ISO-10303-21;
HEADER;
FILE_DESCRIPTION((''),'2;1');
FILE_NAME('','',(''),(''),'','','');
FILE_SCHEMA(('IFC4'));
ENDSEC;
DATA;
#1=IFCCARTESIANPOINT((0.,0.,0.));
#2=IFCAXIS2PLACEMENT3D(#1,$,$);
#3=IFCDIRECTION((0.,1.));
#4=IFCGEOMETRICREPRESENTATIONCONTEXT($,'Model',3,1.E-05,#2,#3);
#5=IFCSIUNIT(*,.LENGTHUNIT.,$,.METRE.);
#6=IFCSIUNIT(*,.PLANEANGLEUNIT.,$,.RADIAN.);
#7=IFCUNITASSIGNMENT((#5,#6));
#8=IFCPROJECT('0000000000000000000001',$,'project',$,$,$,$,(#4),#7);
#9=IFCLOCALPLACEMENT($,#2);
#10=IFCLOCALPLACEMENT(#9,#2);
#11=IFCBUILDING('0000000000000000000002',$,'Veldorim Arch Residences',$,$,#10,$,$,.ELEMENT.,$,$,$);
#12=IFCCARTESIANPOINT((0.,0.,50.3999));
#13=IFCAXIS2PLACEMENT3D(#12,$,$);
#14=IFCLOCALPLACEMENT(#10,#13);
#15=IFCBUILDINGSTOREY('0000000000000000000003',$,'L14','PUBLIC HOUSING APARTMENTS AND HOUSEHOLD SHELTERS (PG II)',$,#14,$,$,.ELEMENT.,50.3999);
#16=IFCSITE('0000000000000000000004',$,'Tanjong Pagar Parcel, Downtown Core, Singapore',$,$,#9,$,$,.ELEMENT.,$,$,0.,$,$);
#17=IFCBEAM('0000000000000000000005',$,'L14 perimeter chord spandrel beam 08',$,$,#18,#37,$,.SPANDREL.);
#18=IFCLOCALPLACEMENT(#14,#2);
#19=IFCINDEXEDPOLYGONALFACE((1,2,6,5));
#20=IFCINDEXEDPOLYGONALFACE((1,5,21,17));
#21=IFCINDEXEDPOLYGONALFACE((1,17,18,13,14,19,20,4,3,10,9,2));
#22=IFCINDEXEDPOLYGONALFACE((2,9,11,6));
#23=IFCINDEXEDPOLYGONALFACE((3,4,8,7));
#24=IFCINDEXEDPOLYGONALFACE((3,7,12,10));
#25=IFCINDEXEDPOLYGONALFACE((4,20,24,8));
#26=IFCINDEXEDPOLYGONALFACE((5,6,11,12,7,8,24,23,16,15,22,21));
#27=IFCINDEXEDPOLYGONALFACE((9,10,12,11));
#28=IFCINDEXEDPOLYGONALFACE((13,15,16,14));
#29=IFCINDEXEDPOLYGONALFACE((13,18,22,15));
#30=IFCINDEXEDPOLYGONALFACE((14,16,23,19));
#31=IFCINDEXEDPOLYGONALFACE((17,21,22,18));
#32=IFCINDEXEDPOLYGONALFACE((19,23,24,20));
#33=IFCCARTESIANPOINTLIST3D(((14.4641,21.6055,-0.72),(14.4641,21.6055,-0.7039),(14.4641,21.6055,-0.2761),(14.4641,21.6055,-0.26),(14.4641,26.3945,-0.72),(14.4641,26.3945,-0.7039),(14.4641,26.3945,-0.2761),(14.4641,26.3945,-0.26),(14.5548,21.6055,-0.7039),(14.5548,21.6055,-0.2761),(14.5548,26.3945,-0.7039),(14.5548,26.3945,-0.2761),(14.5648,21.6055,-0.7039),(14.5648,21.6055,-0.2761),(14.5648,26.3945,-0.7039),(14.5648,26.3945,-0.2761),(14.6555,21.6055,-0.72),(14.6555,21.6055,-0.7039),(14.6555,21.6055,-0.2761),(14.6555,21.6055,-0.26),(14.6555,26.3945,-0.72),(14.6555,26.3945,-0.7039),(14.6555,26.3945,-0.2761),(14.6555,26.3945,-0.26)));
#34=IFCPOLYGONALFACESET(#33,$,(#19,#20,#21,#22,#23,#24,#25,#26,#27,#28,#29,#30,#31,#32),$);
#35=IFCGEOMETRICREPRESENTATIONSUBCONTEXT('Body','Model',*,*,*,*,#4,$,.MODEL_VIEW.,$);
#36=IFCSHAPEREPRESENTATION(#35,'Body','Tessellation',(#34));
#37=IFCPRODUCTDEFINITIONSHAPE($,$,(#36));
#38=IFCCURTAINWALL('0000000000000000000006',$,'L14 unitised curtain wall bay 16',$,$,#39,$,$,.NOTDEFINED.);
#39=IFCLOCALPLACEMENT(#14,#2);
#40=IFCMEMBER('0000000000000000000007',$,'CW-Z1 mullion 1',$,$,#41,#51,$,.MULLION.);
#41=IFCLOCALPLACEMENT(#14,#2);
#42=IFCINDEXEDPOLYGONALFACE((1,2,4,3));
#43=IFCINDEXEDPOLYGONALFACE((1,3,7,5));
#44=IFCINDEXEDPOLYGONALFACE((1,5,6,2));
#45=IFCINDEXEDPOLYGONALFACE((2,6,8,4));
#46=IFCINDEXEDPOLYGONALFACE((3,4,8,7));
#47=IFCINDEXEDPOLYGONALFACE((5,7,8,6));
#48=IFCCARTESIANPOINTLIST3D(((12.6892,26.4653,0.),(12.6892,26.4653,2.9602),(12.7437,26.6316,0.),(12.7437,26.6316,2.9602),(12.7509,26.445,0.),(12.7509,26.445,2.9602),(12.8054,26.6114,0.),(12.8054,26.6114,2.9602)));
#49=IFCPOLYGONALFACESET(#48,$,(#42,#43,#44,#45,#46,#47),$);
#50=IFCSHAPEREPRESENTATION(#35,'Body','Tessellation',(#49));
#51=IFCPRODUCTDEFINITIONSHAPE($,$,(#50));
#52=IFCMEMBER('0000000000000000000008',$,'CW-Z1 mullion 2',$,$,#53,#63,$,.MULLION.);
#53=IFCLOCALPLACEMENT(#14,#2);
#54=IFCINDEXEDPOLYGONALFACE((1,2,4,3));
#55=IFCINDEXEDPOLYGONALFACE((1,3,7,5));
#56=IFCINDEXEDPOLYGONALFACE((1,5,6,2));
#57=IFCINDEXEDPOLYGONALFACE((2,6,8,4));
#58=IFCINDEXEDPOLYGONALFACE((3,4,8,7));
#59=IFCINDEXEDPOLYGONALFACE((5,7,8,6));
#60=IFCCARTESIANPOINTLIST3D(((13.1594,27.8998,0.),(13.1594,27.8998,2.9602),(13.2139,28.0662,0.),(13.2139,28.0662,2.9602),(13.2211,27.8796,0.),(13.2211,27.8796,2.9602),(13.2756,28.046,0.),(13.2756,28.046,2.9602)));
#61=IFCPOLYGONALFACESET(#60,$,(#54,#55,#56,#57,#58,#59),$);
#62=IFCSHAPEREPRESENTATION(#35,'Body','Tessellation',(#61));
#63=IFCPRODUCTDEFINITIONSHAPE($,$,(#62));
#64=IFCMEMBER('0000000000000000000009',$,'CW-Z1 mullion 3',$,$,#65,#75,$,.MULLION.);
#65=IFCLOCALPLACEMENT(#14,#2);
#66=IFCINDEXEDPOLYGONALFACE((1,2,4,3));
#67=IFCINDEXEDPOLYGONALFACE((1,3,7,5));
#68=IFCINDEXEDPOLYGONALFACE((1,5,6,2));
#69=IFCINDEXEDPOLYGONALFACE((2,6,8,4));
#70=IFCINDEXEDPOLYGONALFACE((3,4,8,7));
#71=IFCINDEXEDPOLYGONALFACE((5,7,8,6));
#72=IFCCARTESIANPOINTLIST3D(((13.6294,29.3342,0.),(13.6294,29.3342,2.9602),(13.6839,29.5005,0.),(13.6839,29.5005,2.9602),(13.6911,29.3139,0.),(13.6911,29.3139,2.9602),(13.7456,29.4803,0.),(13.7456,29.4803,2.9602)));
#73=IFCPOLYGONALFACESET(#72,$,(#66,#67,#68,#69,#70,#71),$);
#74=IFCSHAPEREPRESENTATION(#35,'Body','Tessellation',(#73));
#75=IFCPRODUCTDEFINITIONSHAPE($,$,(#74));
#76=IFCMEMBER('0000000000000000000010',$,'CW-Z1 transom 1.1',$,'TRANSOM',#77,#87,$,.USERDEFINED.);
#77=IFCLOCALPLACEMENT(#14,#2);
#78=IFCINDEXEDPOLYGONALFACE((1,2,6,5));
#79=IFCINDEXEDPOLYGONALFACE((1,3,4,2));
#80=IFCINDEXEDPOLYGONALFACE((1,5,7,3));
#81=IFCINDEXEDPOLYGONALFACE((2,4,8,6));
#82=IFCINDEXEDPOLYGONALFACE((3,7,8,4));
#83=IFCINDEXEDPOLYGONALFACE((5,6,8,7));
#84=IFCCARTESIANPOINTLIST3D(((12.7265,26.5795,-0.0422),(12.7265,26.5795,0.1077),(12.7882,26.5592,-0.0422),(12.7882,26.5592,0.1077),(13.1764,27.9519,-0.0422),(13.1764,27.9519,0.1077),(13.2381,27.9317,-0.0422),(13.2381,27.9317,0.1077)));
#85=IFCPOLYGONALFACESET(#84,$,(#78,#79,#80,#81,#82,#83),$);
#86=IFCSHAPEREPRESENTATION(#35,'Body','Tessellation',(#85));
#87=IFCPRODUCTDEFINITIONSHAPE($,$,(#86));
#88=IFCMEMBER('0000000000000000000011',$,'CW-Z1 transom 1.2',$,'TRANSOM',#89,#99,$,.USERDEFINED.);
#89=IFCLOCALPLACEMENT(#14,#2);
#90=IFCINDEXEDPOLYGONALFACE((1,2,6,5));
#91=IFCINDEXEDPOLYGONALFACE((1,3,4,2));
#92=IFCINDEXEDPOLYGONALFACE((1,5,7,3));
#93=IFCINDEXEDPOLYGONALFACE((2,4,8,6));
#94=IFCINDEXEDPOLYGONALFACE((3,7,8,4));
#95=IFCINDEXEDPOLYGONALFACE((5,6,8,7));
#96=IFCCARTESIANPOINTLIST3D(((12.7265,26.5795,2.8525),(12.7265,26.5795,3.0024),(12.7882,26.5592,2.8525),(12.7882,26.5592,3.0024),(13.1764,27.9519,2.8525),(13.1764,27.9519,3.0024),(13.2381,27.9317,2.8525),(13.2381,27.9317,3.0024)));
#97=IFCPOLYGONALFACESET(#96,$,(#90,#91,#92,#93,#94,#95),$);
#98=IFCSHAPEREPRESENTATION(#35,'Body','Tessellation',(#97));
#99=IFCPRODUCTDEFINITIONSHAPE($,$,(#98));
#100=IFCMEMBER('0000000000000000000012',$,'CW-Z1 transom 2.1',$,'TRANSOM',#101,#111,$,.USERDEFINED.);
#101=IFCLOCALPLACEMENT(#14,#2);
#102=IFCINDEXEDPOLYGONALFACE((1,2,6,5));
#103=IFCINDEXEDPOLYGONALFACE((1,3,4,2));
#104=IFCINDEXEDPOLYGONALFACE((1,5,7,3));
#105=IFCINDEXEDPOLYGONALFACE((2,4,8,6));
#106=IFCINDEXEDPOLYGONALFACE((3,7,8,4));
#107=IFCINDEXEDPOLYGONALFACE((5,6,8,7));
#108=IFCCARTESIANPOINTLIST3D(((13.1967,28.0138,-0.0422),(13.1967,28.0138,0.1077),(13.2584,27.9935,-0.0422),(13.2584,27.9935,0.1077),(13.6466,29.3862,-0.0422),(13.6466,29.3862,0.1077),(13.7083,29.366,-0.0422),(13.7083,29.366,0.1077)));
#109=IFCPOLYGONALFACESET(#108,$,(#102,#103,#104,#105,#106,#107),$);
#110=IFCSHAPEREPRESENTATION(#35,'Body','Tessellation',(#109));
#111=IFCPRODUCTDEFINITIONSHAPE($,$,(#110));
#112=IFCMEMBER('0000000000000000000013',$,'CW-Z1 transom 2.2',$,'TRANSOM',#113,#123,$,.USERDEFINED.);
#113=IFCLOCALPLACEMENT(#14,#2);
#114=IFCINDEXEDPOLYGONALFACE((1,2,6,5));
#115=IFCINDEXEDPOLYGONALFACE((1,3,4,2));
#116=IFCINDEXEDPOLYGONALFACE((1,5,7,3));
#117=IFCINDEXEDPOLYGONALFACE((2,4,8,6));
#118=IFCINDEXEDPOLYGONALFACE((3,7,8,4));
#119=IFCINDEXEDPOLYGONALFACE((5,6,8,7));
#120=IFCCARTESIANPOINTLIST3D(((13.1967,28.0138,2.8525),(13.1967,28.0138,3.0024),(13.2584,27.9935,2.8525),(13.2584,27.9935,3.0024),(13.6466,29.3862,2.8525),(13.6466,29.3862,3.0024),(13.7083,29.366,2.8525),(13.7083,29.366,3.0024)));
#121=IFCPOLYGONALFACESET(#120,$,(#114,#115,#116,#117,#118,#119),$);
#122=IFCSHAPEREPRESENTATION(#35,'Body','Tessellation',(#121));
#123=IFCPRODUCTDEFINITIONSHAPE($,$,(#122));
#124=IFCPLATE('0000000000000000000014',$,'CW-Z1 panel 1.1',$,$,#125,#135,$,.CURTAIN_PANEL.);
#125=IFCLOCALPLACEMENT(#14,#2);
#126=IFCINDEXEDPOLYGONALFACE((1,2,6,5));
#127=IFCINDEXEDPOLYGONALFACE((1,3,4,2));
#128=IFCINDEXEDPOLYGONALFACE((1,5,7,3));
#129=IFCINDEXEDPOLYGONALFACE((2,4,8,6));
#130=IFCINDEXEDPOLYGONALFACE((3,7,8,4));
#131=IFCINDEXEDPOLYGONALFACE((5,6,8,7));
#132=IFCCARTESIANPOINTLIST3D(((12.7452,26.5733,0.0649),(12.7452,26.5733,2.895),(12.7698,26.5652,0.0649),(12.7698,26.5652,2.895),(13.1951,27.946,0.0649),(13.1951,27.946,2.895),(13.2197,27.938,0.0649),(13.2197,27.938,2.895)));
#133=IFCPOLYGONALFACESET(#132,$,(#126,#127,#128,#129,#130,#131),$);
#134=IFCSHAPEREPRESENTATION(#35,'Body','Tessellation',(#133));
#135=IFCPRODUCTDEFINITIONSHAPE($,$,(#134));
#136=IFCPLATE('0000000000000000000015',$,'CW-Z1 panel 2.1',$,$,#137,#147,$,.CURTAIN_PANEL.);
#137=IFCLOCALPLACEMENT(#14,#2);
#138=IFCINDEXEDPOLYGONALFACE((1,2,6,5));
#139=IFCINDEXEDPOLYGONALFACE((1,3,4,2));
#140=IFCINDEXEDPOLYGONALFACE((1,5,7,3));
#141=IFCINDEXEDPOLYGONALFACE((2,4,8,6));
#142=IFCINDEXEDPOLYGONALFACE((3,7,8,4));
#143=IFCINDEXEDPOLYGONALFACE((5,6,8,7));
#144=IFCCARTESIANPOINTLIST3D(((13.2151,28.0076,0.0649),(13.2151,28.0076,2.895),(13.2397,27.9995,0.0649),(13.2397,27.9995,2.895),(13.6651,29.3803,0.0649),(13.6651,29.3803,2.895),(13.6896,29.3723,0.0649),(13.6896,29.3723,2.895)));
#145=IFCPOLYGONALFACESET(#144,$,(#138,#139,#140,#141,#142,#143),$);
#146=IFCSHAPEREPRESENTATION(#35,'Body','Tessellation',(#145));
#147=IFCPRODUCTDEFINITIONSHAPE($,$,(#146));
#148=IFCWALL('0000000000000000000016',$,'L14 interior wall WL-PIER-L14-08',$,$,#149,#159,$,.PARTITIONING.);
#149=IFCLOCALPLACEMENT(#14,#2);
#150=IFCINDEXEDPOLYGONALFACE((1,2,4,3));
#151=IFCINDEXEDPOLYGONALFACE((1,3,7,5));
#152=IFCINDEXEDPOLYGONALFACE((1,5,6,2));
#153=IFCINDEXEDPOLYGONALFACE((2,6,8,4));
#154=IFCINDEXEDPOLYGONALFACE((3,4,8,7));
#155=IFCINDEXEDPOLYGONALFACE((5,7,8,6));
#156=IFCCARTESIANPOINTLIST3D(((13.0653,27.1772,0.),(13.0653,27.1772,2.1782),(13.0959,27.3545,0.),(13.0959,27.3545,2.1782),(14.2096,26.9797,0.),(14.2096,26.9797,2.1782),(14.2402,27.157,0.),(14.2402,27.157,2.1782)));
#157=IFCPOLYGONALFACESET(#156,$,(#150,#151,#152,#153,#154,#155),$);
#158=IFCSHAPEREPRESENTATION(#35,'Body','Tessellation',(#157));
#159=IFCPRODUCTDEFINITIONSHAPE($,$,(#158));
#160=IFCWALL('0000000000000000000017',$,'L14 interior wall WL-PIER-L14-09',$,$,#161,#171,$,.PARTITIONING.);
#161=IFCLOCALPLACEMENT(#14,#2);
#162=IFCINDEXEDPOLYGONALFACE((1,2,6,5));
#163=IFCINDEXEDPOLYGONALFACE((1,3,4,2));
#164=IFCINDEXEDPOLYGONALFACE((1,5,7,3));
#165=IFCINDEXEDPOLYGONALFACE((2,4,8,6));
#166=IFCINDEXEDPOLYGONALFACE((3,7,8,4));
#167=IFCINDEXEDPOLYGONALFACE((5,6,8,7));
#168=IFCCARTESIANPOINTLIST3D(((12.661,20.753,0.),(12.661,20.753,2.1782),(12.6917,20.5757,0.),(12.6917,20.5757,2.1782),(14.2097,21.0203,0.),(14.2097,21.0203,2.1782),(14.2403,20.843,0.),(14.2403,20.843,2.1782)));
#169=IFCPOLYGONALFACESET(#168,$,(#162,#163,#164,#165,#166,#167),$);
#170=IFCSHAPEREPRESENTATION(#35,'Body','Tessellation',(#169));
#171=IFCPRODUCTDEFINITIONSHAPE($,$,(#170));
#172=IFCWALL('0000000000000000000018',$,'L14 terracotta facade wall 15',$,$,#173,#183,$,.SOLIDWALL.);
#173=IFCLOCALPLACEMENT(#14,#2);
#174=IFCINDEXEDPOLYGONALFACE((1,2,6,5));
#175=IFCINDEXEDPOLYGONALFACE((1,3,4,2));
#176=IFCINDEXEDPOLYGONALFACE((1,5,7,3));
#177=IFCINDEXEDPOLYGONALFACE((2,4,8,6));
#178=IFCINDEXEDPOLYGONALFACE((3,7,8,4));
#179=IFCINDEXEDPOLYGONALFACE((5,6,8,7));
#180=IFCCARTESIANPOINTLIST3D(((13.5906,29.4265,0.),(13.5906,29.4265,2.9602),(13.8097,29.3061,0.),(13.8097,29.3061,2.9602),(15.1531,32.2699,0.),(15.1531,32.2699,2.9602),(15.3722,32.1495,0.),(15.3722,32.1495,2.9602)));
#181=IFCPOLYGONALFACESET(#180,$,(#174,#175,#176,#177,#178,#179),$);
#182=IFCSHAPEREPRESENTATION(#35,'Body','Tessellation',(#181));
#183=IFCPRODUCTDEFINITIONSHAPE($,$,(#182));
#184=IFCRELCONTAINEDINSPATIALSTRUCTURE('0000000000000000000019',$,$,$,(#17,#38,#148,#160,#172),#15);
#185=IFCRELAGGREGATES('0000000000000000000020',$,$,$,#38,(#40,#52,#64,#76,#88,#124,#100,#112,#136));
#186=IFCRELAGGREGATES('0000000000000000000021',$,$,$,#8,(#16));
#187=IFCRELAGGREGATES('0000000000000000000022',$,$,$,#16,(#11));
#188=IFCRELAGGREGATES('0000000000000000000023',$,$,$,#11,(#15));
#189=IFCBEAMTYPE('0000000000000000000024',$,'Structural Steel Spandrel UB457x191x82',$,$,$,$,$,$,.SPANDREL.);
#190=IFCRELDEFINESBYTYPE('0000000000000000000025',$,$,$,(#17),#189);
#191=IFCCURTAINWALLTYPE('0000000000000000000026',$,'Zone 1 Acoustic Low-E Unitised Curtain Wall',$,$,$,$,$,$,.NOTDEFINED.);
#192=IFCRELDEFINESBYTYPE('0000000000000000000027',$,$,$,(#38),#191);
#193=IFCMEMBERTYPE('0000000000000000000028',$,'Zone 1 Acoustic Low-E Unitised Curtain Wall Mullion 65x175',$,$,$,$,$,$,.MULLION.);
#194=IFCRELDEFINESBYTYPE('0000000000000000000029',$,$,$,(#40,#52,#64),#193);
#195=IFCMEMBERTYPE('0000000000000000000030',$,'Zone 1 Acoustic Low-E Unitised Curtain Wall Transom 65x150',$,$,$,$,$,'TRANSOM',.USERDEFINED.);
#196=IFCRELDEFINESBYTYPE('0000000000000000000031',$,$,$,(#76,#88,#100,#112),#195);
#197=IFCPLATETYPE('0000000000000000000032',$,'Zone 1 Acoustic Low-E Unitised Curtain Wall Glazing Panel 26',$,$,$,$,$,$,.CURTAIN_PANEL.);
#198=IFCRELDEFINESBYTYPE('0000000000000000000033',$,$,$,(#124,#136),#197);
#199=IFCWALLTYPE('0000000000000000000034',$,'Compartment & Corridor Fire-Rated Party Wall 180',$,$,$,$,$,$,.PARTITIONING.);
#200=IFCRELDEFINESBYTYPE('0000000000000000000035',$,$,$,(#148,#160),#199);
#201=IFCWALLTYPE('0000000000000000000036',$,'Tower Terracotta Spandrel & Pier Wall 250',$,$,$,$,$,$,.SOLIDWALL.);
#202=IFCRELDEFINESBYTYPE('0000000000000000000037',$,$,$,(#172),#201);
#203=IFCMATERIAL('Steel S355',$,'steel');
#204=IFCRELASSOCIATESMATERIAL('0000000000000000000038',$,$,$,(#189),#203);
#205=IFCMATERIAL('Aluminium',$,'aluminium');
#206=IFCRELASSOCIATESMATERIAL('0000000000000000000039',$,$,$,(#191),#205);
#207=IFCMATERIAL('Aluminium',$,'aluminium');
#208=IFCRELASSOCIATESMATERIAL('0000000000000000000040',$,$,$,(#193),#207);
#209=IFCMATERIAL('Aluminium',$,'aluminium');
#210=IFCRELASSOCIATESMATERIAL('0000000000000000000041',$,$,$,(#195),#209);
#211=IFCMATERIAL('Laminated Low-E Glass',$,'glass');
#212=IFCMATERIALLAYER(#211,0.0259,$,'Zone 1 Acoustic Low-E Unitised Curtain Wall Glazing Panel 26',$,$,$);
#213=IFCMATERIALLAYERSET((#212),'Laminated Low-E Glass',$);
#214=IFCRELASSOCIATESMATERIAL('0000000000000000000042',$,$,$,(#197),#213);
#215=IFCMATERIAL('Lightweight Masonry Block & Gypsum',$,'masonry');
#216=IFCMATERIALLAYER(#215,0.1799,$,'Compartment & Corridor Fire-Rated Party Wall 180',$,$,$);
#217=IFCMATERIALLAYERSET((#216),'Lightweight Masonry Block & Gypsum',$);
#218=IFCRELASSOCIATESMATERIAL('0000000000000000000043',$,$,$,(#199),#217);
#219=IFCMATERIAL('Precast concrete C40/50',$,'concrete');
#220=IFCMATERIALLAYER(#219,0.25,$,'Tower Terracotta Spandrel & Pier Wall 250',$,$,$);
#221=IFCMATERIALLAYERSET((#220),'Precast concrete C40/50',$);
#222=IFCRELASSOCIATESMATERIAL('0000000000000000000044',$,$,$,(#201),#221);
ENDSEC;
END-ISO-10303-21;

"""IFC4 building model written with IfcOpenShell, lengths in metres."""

from ifc_helpers import new_model, si_unit, direction, frame, frame_2d, origin, origin_2d, place, context, subcontext, project, spatial, rectangle, i_section, extrude, material, layer, layer_set, material_profile, profile_set, type_object, element, aggregate, save


model = new_model("IFC4")

# Units and contexts
model_context = context("Model", 3, precision=1e-05, world=origin(), true_north=direction((0.0, 1.0)))
body_context = subcontext(model_context, "Body", "Model", "MODEL_VIEW")
ifc_project = project(units=[si_unit("LENGTHUNIT", "METRE"), si_unit("PLANEANGLEUNIT", "RADIAN")], contexts=[model_context])

# Site, building, storey
site_placement = place(None, origin())
site = spatial("IfcSite", under=ifc_project, at=site_placement, Name="Tanjong Pagar Parcel, Downtown Core, Singapore", CompositionType="ELEMENT", RefElevation=0.0)
building_placement = place(site_placement, origin())
building = spatial("IfcBuilding", under=site, at=building_placement, Name="Veldorim Arch Residences", CompositionType="ELEMENT")
storey_placement = place(building_placement, frame((0.0, 0.0, 50.3999)))
storey = spatial("IfcBuildingStorey", under=building, at=storey_placement, Name="L14", Description="PUBLIC HOUSING APARTMENTS AND HOUSEHOLD SHELTERS (PG II)", CompositionType="ELEMENT", Elevation=50.3999)

# Beam
ifc_material_1 = material(Name="Steel S355", Category="steel")
ifc_material_profile_1 = material_profile(ifc_material_1, i_section(OverallWidth=0.1914, OverallDepth=0.46, WebThickness=0.01, FlangeThickness=0.0161, at=origin_2d()), Name="UB457x191x82")
ifc_profile_set_1 = profile_set([ifc_material_profile_1], Name="Steel S355")
beam_type_1 = type_object("IfcBeamType", Name="Structural Steel Spandrel UB457x191x82", PredefinedType="SPANDREL", material=ifc_profile_set_1)
beam_1_placement = place(storey_placement, frame((14.5598, 26.3945, -0.49), z_axis=(0.0, -1.0, 0.0), x_axis=(1.0, 0.0, 0.0)))
element("IfcBeam", 1, at=beam_1_placement, inside=storey, type_object=beam_type_1, Name="L14 perimeter chord spandrel beam 08", PredefinedType="SPANDREL", context=body_context, shape_type="SweptSolid", body=[
    extrude(i_section(OverallWidth=0.1914, OverallDepth=0.46, WebThickness=0.01, FlangeThickness=0.0161, at=origin_2d()), origin(), (0.0, 0.0, 1.0), 4.7891),
])

# Curtain wall, members, plates
ifc_material_2 = material(Name="Aluminium", Category="aluminium")
curtain_wall_type = type_object("IfcCurtainWallType", Name="Zone 1 Acoustic Low-E Unitised Curtain Wall", PredefinedType="NOTDEFINED", material=ifc_material_2)
curtain_wall_placement = place(storey_placement, origin())
curtain_wall = element("IfcCurtainWall", 2, at=curtain_wall_placement, inside=storey, type_object=curtain_wall_type, Name="L14 unitised curtain wall bay 16", PredefinedType="NOTDEFINED")
ifc_material_3 = material(Name="Aluminium", Category="aluminium")
ifc_material_profile_2 = material_profile(ifc_material_3, rectangle(XDim=0.0649, YDim=0.175, at=origin_2d()), Name="ALU_MUL_65x175")
ifc_profile_set_2 = profile_set([ifc_material_profile_2], Name="Aluminium")
member_type_1 = type_object("IfcMemberType", Name="Zone 1 Acoustic Low-E Unitised Curtain Wall Mullion 65x175", PredefinedType="MULLION", material=ifc_profile_set_2)
member_1_placement = place(storey_placement, frame((12.7473, 26.5383, 0.0), z_axis=(0.0, 0.0, 1.0), x_axis=(-0.950263, 0.311447, 0.0)))
member_1 = element("IfcMember", 3, at=member_1_placement, type_object=member_type_1, Name="CW-Z1 mullion 1", PredefinedType="MULLION", context=body_context, shape_type="SweptSolid", body=[
    extrude(rectangle(XDim=0.0649, YDim=0.175, at=origin_2d()), origin(), (0.0, 0.0, 1.0), 2.9602),
])
member_2_placement = place(storey_placement, frame((13.2175, 27.9729, 0.0), z_axis=(0.0, 0.0, 1.0), x_axis=(-0.950263, 0.311447, 0.0)))
member_2 = element("IfcMember", 4, at=member_2_placement, type_object=member_type_1, Name="CW-Z1 mullion 2", PredefinedType="MULLION", context=body_context, shape_type="SweptSolid", body=[
    extrude(rectangle(XDim=0.0649, YDim=0.175, at=origin_2d()), origin(), (0.0, 0.0, 1.0), 2.9602),
])
member_3_placement = place(storey_placement, frame((13.6875, 29.4072, 0.0), z_axis=(0.0, 0.0, 1.0), x_axis=(-0.950263, 0.311447, 0.0)))
member_3 = element("IfcMember", 5, at=member_3_placement, type_object=member_type_1, Name="CW-Z1 mullion 3", PredefinedType="MULLION", context=body_context, shape_type="SweptSolid", body=[
    extrude(rectangle(XDim=0.0649, YDim=0.175, at=origin_2d()), origin(), (0.0, 0.0, 1.0), 2.9602),
])
ifc_material_4 = material(Name="Aluminium", Category="aluminium")
ifc_material_profile_3 = material_profile(ifc_material_4, rectangle(XDim=0.0649, YDim=0.1499, at=origin_2d()), Name="ALU_TRN_65x150")
ifc_profile_set_3 = profile_set([ifc_material_profile_3], Name="Aluminium")
member_type_2 = type_object("IfcMemberType", Name="Zone 1 Acoustic Low-E Unitised Curtain Wall Transom 65x150", ElementType="TRANSOM", PredefinedType="USERDEFINED", material=ifc_profile_set_3)
member_4_placement = place(storey_placement, frame((12.7573, 26.5693, 0.0327), z_axis=(0.311508, 0.950243, 0.0), x_axis=(-0.950243, 0.311508, 0.0)))
member_4 = element("IfcMember", 6, at=member_4_placement, type_object=member_type_2, Name="CW-Z1 transom 1.1", ObjectType="TRANSOM", PredefinedType="USERDEFINED", context=body_context, shape_type="SweptSolid", body=[
    extrude(rectangle(XDim=0.0649, YDim=0.1499, at=origin_2d()), origin(), (0.0, 0.0, 1.0), 1.4443),
])
member_5_placement = place(storey_placement, frame((12.7573, 26.5693, 2.9275), z_axis=(0.311508, 0.950243, 0.0), x_axis=(-0.950243, 0.311508, 0.0)))
member_5 = element("IfcMember", 7, at=member_5_placement, type_object=member_type_2, Name="CW-Z1 transom 1.2", ObjectType="TRANSOM", PredefinedType="USERDEFINED", context=body_context, shape_type="SweptSolid", body=[
    extrude(rectangle(XDim=0.0649, YDim=0.1499, at=origin_2d()), origin(), (0.0, 0.0, 1.0), 1.4443),
])
member_6_placement = place(storey_placement, frame((13.2275, 28.0037, 0.0327), z_axis=(0.311508, 0.950243, 0.0), x_axis=(-0.950243, 0.311508, 0.0)))
member_6 = element("IfcMember", 8, at=member_6_placement, type_object=member_type_2, Name="CW-Z1 transom 2.1", ObjectType="TRANSOM", PredefinedType="USERDEFINED", context=body_context, shape_type="SweptSolid", body=[
    extrude(rectangle(XDim=0.0649, YDim=0.1499, at=origin_2d()), origin(), (0.0, 0.0, 1.0), 1.4443),
])
member_7_placement = place(storey_placement, frame((13.2275, 28.0037, 2.9275), z_axis=(0.311508, 0.950243, 0.0), x_axis=(-0.950243, 0.311508, 0.0)))
member_7 = element("IfcMember", 9, at=member_7_placement, type_object=member_type_2, Name="CW-Z1 transom 2.2", ObjectType="TRANSOM", PredefinedType="USERDEFINED", context=body_context, shape_type="SweptSolid", body=[
    extrude(rectangle(XDim=0.0649, YDim=0.1499, at=origin_2d()), origin(), (0.0, 0.0, 1.0), 1.4443),
])
ifc_material_5 = material(Name="Laminated Low-E Glass", Category="glass")
ifc_layer_1 = layer(ifc_material_5, 0.0259, Name="Zone 1 Acoustic Low-E Unitised Curtain Wall Glazing Panel 26")
ifc_layer_set_1 = layer_set([ifc_layer_1], Name="Laminated Low-E Glass")
plate_type = type_object("IfcPlateType", Name="Zone 1 Acoustic Low-E Unitised Curtain Wall Glazing Panel 26", PredefinedType="CURTAIN_PANEL", material=ifc_layer_set_1)
plate_1_placement = place(storey_placement, frame((12.9824, 27.2556, 0.0649), z_axis=(0.0, 0.0, 1.0), x_axis=(0.311447, 0.950263, 0.0)))
plate_1 = element("IfcPlate", 10, at=plate_1_placement, type_object=plate_type, Name="CW-Z1 panel 1.1", PredefinedType="CURTAIN_PANEL", context=body_context, shape_type="SweptSolid", body=[
    extrude(rectangle(XDim=1.4446, YDim=0.0259, at=origin_2d()), origin(), (0.0, 0.0, 1.0), 2.8301),
])
plate_2_placement = place(storey_placement, frame((13.4524, 28.6899, 0.0649), z_axis=(0.0, 0.0, 1.0), x_axis=(0.311447, 0.950263, 0.0)))
plate_2 = element("IfcPlate", 11, at=plate_2_placement, type_object=plate_type, Name="CW-Z1 panel 2.1", PredefinedType="CURTAIN_PANEL", context=body_context, shape_type="SweptSolid", body=[
    extrude(rectangle(XDim=1.4446, YDim=0.0259, at=origin_2d()), origin(), (0.0, 0.0, 1.0), 2.8301),
])
aggregate(curtain_wall, [member_1, member_2, member_3, member_4, member_5, plate_1, member_6, member_7, plate_2])

# Walls
ifc_material_6 = material(Name="Lightweight Masonry Block & Gypsum", Category="masonry")
ifc_layer_2 = layer(ifc_material_6, 0.1799, Name="Compartment & Corridor Fire-Rated Party Wall 180")
ifc_layer_set_2 = layer_set([ifc_layer_2], Name="Lightweight Masonry Block & Gypsum")
wall_type_1 = type_object("IfcWallType", Name="Compartment & Corridor Fire-Rated Party Wall 180", PredefinedType="PARTITIONING", material=ifc_layer_set_2)
wall_1_placement = place(storey_placement, frame((14.2249, 27.0684, 0.0), z_axis=(0.0, 0.0, 1.0), x_axis=(-0.985429, 0.17009, 0.0)))
element("IfcWall", 12, at=wall_1_placement, inside=storey, type_object=wall_type_1, Name="L14 interior wall WL-PIER-L14-08", PredefinedType="PARTITIONING", context=body_context, shape_type="SweptSolid", body=[
    extrude(rectangle(XDim=1.1611, YDim=0.1799, at=frame_2d((0.5806, 0.0))), origin(), (0.0, 0.0, 1.0), 2.1782),
])
wall_2_placement = place(storey_placement, frame((14.2249, 20.9316, 0.0), z_axis=(0.0, 0.0, 1.0), x_axis=(-0.985424, -0.170115, 0.0)))
element("IfcWall", 13, at=wall_2_placement, inside=storey, type_object=wall_type_1, Name="L14 interior wall WL-PIER-L14-09", PredefinedType="PARTITIONING", context=body_context, shape_type="SweptSolid", body=[
    extrude(rectangle(XDim=1.5715, YDim=0.1799, at=frame_2d((0.7856, 0.0))), origin(), (0.0, 0.0, 1.0), 2.1782),
])
ifc_material_7 = material(Name="Precast concrete C40/50", Category="concrete")
ifc_layer_3 = layer(ifc_material_7, 0.25, Name="Tower Terracotta Spandrel & Pier Wall 250")
ifc_layer_set_3 = layer_set([ifc_layer_3], Name="Precast concrete C40/50")
wall_type_2 = type_object("IfcWallType", Name="Tower Terracotta Spandrel & Pier Wall 250", PredefinedType="SOLIDWALL", material=ifc_layer_set_3)
wall_3_placement = place(storey_placement, frame((13.7002, 29.3665, 0.0), z_axis=(0.0, 0.0, 1.0), x_axis=(0.481613, 0.876384, 0.0)))
element("IfcWall", 14, at=wall_3_placement, inside=storey, type_object=wall_type_2, Name="L14 terracotta facade wall 15", PredefinedType="SOLIDWALL", context=body_context, shape_type="SweptSolid", body=[
    extrude(rectangle(XDim=3.2444, YDim=0.25, at=frame_2d((1.6221, 0.0))), origin(), (0.0, 0.0, 1.0), 2.9602),
])

save(model, "model.ifc")
